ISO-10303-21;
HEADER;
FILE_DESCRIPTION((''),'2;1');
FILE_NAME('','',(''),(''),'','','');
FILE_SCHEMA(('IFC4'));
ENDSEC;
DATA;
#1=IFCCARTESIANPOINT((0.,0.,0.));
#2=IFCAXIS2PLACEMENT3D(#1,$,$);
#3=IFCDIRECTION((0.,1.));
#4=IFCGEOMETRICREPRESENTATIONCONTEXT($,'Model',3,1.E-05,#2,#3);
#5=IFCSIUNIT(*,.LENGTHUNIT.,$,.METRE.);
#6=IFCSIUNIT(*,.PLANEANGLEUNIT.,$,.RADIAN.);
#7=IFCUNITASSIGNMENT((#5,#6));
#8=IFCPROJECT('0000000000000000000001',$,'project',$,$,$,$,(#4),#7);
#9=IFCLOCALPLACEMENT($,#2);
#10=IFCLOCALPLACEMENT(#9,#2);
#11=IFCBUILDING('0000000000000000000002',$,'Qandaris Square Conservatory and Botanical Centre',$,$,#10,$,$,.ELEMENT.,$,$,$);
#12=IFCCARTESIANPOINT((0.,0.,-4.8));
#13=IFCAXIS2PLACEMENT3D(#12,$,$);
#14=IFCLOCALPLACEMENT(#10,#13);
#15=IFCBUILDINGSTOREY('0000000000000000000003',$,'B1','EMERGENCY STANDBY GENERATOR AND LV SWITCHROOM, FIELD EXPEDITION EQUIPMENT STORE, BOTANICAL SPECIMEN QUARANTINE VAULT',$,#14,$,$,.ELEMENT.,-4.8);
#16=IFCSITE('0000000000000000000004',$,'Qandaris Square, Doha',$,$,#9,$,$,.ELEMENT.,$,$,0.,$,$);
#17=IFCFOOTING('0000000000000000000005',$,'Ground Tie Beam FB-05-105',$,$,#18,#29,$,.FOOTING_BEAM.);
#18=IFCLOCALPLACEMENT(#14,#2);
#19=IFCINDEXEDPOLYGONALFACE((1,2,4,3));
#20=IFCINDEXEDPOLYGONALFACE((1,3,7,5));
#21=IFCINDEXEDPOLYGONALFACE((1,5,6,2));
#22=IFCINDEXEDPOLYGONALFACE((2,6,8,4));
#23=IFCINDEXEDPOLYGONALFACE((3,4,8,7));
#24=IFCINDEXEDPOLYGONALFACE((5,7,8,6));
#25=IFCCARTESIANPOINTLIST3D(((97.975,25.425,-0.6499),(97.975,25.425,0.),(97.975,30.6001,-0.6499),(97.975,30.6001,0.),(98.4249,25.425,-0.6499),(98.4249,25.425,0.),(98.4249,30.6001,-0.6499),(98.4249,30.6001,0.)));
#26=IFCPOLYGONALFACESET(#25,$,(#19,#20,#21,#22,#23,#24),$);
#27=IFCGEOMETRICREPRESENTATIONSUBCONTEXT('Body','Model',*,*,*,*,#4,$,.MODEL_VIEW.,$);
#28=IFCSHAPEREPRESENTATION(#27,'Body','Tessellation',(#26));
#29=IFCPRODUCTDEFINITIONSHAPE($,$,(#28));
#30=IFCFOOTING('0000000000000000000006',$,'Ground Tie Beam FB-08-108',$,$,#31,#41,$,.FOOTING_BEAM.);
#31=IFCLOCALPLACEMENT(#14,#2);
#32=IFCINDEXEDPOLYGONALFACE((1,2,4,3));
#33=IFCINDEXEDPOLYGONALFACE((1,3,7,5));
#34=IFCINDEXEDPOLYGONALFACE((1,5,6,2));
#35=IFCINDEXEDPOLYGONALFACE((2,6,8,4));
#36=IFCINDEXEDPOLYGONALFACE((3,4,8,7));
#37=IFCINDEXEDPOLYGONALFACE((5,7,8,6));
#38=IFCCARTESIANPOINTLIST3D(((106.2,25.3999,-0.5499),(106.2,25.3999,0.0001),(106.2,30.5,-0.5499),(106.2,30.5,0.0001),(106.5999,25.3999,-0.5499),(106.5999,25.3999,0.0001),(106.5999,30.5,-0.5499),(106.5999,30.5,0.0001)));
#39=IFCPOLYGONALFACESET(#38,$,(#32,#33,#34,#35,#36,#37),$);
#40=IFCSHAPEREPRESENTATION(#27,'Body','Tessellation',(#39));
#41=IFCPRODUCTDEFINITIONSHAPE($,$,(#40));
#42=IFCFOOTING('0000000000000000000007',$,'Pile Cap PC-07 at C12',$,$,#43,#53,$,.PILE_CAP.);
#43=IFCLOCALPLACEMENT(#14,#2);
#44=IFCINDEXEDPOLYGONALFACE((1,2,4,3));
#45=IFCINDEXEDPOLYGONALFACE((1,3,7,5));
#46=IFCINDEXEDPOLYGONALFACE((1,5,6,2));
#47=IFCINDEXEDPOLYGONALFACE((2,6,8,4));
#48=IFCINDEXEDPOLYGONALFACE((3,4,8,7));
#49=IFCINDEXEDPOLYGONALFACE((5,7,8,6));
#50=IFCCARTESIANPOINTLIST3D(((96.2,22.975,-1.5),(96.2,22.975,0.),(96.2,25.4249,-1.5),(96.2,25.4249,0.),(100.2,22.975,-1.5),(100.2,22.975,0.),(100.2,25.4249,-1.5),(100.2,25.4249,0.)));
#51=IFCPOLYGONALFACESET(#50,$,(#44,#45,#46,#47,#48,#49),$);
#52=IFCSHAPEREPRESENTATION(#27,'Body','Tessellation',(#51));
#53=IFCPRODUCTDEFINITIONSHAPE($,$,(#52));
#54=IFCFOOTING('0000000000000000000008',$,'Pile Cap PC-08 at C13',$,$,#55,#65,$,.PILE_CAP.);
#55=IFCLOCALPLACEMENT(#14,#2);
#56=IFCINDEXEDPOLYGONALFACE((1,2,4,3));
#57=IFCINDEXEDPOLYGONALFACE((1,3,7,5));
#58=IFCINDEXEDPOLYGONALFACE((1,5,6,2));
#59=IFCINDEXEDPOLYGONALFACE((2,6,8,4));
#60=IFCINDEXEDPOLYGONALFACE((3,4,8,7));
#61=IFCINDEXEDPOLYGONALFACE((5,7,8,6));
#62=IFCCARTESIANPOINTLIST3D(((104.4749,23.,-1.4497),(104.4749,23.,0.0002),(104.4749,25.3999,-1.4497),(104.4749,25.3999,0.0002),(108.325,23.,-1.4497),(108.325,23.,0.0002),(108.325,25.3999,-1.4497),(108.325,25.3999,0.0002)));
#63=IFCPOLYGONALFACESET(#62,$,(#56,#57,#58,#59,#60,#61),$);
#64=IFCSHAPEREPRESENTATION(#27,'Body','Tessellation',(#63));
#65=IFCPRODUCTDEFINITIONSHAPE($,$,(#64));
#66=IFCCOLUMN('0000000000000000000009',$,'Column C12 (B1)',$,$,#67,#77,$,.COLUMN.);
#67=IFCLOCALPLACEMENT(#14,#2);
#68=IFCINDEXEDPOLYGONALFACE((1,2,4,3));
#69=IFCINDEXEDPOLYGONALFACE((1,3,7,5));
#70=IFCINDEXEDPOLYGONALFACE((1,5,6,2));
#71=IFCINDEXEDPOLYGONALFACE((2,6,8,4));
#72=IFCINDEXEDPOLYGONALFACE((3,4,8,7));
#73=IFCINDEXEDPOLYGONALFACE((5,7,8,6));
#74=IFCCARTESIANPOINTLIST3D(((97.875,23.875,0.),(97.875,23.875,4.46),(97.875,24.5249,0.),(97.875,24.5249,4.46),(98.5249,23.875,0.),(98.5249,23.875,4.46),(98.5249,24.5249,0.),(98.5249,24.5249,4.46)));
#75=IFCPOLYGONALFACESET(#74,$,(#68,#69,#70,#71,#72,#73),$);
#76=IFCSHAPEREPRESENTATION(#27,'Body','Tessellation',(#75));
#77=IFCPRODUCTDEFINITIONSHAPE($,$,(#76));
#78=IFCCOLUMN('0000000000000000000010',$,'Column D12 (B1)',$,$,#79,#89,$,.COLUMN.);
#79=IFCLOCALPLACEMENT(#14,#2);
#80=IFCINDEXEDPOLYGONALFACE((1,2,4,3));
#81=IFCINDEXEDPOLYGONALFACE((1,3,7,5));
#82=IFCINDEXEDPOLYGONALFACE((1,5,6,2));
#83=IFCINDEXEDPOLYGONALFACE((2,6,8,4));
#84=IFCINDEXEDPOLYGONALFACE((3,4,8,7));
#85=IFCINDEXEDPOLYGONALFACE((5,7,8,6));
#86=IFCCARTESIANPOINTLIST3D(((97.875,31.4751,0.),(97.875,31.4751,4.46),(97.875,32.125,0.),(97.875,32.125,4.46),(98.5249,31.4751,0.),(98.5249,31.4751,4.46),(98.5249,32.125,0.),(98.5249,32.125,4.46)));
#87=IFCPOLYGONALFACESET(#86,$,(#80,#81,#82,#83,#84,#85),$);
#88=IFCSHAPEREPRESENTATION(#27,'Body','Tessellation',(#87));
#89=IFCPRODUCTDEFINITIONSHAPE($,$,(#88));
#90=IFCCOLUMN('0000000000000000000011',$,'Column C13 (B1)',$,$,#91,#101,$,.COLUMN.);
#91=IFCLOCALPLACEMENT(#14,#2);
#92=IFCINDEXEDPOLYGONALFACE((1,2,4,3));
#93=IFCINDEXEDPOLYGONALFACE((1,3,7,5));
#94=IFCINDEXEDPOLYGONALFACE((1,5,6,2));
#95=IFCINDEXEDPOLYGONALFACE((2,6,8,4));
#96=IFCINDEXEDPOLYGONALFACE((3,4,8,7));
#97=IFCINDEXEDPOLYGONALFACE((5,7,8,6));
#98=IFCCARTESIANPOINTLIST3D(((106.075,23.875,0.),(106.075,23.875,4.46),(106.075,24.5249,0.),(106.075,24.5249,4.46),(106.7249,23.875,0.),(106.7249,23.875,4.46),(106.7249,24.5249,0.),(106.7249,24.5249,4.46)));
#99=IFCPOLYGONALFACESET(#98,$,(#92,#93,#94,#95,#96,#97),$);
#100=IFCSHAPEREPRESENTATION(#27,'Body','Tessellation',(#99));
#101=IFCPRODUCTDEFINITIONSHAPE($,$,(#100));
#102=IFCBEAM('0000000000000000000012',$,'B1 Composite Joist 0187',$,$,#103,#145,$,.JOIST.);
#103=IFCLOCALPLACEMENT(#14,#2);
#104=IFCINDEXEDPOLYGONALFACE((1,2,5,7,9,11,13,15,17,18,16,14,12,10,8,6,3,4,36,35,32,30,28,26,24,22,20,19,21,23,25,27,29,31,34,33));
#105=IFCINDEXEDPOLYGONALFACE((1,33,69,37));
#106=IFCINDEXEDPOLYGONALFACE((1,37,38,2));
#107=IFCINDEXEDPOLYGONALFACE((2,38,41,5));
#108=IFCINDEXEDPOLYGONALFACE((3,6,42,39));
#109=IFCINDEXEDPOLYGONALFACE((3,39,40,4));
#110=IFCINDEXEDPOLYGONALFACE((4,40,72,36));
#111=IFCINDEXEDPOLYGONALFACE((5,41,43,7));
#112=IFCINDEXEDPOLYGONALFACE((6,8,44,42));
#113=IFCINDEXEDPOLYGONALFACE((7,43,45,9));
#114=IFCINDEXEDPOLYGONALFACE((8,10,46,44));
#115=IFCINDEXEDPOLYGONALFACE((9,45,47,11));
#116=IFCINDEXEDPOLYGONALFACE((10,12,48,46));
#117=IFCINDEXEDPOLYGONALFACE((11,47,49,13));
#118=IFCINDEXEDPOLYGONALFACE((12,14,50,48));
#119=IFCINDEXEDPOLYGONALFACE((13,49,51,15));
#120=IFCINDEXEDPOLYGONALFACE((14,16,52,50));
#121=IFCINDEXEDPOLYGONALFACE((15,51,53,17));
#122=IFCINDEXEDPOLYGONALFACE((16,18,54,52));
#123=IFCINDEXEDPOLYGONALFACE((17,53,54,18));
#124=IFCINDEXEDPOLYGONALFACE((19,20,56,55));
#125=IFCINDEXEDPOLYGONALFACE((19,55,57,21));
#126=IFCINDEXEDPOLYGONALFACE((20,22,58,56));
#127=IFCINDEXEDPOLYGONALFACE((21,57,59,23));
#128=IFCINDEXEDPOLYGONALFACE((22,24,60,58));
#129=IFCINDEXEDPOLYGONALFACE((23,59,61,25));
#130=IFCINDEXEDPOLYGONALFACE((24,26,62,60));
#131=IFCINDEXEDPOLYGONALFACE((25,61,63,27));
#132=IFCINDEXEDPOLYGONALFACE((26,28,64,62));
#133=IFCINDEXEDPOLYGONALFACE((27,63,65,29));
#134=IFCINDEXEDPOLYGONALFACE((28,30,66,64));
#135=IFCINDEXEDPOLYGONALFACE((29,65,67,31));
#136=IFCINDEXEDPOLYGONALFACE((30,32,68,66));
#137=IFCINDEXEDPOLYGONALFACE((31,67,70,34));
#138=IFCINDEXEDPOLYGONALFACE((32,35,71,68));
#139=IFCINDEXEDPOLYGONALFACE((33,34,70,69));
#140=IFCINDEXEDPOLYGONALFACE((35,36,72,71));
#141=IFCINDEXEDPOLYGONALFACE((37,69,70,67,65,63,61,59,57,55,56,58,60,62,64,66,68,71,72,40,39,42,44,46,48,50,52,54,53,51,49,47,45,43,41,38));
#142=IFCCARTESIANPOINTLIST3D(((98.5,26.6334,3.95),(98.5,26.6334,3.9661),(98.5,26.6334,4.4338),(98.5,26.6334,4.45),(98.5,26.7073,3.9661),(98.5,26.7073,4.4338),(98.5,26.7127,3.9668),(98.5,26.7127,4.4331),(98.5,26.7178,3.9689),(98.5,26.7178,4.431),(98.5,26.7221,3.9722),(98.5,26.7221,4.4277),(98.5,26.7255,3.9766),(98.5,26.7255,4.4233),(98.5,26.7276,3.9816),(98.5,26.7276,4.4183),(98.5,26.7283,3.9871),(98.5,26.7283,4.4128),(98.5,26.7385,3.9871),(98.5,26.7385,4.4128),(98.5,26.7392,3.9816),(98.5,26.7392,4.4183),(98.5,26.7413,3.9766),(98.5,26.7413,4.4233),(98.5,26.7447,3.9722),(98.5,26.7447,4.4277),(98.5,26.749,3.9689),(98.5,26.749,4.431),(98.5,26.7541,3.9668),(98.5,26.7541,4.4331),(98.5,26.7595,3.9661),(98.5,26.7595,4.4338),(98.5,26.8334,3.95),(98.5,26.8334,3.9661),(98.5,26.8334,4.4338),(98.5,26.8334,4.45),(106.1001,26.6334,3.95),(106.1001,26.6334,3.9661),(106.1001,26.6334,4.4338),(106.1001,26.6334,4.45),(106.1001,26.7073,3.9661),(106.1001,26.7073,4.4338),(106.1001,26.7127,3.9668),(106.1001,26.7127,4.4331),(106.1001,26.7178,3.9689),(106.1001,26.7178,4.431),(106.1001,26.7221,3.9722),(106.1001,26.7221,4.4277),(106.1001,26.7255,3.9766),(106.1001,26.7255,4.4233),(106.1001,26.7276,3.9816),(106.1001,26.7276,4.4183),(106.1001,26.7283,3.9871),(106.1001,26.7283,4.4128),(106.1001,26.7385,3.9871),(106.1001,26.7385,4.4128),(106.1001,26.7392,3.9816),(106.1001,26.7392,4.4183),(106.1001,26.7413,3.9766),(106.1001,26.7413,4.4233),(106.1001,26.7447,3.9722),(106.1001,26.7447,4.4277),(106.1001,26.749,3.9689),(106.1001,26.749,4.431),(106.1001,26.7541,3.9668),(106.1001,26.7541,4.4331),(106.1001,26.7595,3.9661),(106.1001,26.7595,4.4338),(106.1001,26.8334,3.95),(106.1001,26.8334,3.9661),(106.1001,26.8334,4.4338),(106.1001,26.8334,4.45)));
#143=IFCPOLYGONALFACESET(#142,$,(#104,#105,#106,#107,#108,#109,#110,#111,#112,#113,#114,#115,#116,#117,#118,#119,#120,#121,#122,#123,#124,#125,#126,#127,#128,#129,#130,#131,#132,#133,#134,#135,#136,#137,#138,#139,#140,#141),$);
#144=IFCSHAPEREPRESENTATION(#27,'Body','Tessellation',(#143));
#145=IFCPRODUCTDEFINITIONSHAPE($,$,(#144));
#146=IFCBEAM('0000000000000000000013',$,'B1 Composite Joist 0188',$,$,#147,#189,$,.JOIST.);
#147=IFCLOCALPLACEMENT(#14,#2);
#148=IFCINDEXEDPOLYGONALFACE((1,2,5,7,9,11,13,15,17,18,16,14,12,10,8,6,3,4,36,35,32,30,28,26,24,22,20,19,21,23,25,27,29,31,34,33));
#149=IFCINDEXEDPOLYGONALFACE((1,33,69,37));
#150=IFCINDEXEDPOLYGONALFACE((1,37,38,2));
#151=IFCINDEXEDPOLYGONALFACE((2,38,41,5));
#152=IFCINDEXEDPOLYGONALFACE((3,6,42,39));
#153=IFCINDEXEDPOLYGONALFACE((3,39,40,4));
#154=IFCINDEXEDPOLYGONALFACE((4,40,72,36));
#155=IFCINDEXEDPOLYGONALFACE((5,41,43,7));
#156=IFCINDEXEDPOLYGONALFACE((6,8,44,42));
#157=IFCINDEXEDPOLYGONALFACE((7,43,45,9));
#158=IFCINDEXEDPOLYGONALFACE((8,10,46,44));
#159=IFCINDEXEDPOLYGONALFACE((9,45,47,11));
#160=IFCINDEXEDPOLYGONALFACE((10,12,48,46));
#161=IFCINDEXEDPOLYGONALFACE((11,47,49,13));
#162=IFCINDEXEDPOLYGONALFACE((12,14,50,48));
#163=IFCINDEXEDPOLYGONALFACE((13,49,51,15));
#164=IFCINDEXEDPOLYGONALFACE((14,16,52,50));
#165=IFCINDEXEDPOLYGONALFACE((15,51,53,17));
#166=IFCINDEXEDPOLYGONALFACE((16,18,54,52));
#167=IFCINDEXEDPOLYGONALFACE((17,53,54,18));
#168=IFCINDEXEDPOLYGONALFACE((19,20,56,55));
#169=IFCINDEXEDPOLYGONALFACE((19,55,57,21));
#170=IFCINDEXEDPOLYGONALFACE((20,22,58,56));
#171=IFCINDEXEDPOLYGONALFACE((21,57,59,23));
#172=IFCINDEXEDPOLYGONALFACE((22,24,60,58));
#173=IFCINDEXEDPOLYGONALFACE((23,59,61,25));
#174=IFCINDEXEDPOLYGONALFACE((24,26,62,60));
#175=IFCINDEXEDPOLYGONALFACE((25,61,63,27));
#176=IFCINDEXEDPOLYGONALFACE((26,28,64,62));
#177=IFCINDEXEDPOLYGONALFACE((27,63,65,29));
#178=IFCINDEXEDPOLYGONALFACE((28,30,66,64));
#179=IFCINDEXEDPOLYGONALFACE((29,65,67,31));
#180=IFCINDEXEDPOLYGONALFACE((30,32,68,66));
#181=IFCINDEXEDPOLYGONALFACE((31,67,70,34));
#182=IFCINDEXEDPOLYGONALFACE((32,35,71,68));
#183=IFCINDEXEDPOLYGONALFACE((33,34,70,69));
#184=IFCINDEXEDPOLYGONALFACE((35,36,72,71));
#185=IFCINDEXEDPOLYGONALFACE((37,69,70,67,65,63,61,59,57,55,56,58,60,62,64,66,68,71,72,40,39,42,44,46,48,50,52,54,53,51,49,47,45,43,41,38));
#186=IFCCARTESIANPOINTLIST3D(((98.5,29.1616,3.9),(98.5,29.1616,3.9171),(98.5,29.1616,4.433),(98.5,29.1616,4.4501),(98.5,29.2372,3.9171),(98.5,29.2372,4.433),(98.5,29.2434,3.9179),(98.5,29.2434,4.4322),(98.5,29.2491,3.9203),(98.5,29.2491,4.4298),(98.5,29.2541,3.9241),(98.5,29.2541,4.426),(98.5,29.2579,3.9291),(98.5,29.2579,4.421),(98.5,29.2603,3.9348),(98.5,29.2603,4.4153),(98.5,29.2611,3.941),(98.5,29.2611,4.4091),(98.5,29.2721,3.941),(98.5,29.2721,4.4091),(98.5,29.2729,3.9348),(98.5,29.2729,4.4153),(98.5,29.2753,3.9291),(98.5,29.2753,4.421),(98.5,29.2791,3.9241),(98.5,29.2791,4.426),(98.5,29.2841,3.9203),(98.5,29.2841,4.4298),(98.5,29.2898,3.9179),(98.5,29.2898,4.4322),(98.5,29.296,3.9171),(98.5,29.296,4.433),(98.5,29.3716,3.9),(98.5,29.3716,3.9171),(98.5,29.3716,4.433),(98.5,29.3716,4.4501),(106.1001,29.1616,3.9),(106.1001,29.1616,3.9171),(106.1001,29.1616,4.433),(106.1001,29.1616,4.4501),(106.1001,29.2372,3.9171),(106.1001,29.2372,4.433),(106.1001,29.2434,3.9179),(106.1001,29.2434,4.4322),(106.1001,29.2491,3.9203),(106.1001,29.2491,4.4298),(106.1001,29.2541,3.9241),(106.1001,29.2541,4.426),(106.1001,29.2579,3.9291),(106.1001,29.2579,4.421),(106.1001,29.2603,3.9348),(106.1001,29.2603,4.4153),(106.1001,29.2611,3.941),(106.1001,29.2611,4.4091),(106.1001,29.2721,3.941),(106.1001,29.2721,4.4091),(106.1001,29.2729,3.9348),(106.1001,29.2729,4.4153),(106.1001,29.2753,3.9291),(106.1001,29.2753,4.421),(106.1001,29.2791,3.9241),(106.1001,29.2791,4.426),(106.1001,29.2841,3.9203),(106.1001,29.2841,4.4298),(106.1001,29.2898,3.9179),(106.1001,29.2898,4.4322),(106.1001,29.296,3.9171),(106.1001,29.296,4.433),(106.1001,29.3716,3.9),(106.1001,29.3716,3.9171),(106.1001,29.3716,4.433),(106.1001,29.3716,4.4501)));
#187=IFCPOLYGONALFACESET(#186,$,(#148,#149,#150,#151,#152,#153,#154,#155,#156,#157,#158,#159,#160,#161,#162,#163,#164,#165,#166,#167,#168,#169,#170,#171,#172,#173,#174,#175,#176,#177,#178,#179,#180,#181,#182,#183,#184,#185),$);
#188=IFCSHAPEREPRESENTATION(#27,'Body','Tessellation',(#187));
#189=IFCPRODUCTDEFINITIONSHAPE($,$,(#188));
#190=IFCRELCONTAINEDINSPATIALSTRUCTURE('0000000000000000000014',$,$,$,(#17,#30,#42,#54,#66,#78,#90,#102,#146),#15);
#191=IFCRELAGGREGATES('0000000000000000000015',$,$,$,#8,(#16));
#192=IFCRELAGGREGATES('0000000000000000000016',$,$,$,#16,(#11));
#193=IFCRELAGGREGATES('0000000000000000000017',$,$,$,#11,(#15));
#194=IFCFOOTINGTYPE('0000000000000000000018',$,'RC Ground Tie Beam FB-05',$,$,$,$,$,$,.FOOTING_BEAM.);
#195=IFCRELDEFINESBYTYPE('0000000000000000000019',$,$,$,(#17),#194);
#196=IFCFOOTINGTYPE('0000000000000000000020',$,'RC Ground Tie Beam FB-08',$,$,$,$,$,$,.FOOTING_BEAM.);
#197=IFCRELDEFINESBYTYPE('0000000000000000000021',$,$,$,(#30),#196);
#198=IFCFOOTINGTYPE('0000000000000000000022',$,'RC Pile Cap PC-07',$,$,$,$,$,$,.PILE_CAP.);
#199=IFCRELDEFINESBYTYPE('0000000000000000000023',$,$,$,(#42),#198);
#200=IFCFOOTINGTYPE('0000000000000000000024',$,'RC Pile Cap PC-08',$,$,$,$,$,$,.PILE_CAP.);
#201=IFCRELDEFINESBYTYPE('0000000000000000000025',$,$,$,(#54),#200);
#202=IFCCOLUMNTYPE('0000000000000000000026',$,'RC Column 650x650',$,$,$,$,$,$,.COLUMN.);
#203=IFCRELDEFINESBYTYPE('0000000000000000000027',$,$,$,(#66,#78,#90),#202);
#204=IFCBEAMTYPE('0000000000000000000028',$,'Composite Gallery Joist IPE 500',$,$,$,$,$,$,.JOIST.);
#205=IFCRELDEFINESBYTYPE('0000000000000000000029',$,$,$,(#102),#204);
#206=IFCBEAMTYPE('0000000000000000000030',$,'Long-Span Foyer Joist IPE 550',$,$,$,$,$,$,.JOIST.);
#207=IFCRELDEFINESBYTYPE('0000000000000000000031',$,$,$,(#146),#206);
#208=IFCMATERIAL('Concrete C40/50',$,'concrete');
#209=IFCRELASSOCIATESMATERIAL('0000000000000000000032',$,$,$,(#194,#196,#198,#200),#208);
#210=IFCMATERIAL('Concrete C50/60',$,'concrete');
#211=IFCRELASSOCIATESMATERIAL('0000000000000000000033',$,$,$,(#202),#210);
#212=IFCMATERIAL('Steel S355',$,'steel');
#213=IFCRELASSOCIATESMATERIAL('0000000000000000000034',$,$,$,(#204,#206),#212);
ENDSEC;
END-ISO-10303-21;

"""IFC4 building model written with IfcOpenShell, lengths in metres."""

from ifc_helpers import new_model, si_unit, direction, frame, origin, origin_2d, place, context, subcontext, project, spatial, rectangle, i_section, extrude, material, material_profile, profile_set, type_object, element, save


model = new_model("IFC4")

# Units and contexts
model_context = context("Model", 3, precision=1e-05, world=origin(), true_north=direction((0.0, 1.0)))
body_context = subcontext(model_context, "Body", "Model", "MODEL_VIEW")
ifc_project = project(units=[si_unit("LENGTHUNIT", "METRE"), si_unit("PLANEANGLEUNIT", "RADIAN")], contexts=[model_context])

# Site, building, storey
site_placement = place(None, origin())
site = spatial("IfcSite", under=ifc_project, at=site_placement, Name="Qandaris Square, Doha", CompositionType="ELEMENT", RefElevation=0.0)
building_placement = place(site_placement, origin())
building = spatial("IfcBuilding", under=site, at=building_placement, Name="Qandaris Square Conservatory and Botanical Centre", CompositionType="ELEMENT")
storey_placement = place(building_placement, frame((0.0, 0.0, -4.8)))
storey = spatial("IfcBuildingStorey", under=building, at=storey_placement, Name="B1", Description="EMERGENCY STANDBY GENERATOR AND LV SWITCHROOM, FIELD EXPEDITION EQUIPMENT STORE, BOTANICAL SPECIMEN QUARANTINE VAULT", CompositionType="ELEMENT", Elevation=-4.8)

# Shared definitions
ifc_material_1 = material(Name="Concrete C50/60", Category="concrete")

# Footings
ifc_material_2 = material(Name="Concrete C40/50", Category="concrete")
ifc_material_profile_1 = material_profile(ifc_material_2, rectangle(XDim=0.45, YDim=0.6499, at=origin_2d()), Name="FB 450x650")
ifc_profile_set_1 = profile_set([ifc_material_profile_1], Name="Concrete C40/50")
footing_type_1 = type_object("IfcFootingType", Name="RC Ground Tie Beam FB-05", PredefinedType="FOOTING_BEAM", material=ifc_profile_set_1)
footing_1_placement = place(storey_placement, frame((98.2, 25.425, -0.325), z_axis=(0.0, 1.0, 0.0), x_axis=(-1.0, 0.0, 0.0)))
element("IfcFooting", 1, at=footing_1_placement, inside=storey, type_object=footing_type_1, Name="Ground Tie Beam FB-05-105", PredefinedType="FOOTING_BEAM", context=body_context, shape_type="SweptSolid", body=[
    extrude(rectangle(XDim=0.45, YDim=0.6499, at=origin_2d()), origin(), (0.0, 0.0, 1.0), 5.175),
])
ifc_material_profile_2 = material_profile(ifc_material_2, rectangle(XDim=0.3999, YDim=0.55, at=origin_2d()), Name="FB 400x550")
ifc_profile_set_2 = profile_set([ifc_material_profile_2], Name="Concrete C40/50")
footing_type_2 = type_object("IfcFootingType", Name="RC Ground Tie Beam FB-08", PredefinedType="FOOTING_BEAM", material=ifc_profile_set_2)
footing_2_placement = place(storey_placement, frame((106.3999, 25.3999, -0.2749), z_axis=(0.0, 1.0, 0.0), x_axis=(-1.0, 0.0, 0.0)))
element("IfcFooting", 2, at=footing_2_placement, inside=storey, type_object=footing_type_2, Name="Ground Tie Beam FB-08-108", PredefinedType="FOOTING_BEAM", context=body_context, shape_type="SweptSolid", body=[
    extrude(rectangle(XDim=0.3999, YDim=0.55, at=origin_2d()), origin(), (0.0, 0.0, 1.0), 5.1001),
])
footing_type_3 = type_object("IfcFootingType", Name="RC Pile Cap PC-07", PredefinedType="PILE_CAP", material=ifc_material_2)
footing_3_placement = place(storey_placement, frame((98.2, 24.2, -1.5), z_axis=(0.0, 0.0, 1.0), x_axis=(1.0, 0.0, 0.0)))
element("IfcFooting", 3, at=footing_3_placement, inside=storey, type_object=footing_type_3, Name="Pile Cap PC-07 at C12", PredefinedType="PILE_CAP", context=body_context, shape_type="SweptSolid", body=[
    extrude(rectangle(XDim=4.0, YDim=2.45, at=origin_2d()), origin(), (0.0, 0.0, 1.0), 1.5),
])
footing_type_4 = type_object("IfcFootingType", Name="RC Pile Cap PC-08", PredefinedType="PILE_CAP", material=ifc_material_2)
footing_4_placement = place(storey_placement, frame((106.3999, 24.2, -1.4497), z_axis=(0.0, 0.0, 1.0), x_axis=(1.0, 0.0, 0.0)))
element("IfcFooting", 4, at=footing_4_placement, inside=storey, type_object=footing_type_4, Name="Pile Cap PC-08 at C13", PredefinedType="PILE_CAP", context=body_context, shape_type="SweptSolid", body=[
    extrude(rectangle(XDim=3.8501, YDim=2.3999, at=origin_2d()), origin(), (0.0, 0.0, 1.0), 1.45),
])

# Columns
ifc_material_profile_3 = material_profile(ifc_material_1, rectangle(XDim=0.6499, YDim=0.6499, at=origin_2d()), Name="RC-COL 650x650")
ifc_profile_set_3 = profile_set([ifc_material_profile_3], Name="Concrete C50/60")
column_type = type_object("IfcColumnType", Name="RC Column 650x650", PredefinedType="COLUMN", material=ifc_profile_set_3)
for number, where, z_axis, x_axis, name in (
    (5, (98.2, 24.2, 0.0), (0.0, 0.0, 1.0), (1.0, 0.0, 0.0), "Column C12 (B1)"),
    (6, (98.2, 31.8, 0.0), (0.0, 0.0, 1.0), (1.0, 0.0, 0.0), "Column D12 (B1)"),
    (7, (106.3999, 24.2, 0.0), (0.0, 0.0, 1.0), (1.0, 0.0, 0.0), "Column C13 (B1)"),
):
    element("IfcColumn", number, at=place(storey_placement, frame(where, z_axis=z_axis, x_axis=x_axis)), inside=storey, type_object=column_type, Name=name, PredefinedType="COLUMN", context=body_context, shape_type="SweptSolid", body=[
        extrude(rectangle(XDim=0.6499, YDim=0.6499, at=origin_2d()), origin(), (0.0, 0.0, 1.0), 4.46),
    ])

# Beams
ifc_material_3 = material(Name="Steel S355", Category="steel")
ifc_material_profile_4 = material_profile(ifc_material_3, i_section(OverallWidth=0.2, OverallDepth=0.5, WebThickness=0.0103, FlangeThickness=0.0161, FilletRadius=0.021, at=origin_2d()), Name="IPE 500")
ifc_profile_set_4 = profile_set([ifc_material_profile_4], Name="Steel S355")
beam_type_1 = type_object("IfcBeamType", Name="Composite Gallery Joist IPE 500", PredefinedType="JOIST", material=ifc_profile_set_4)
beam_1_placement = place(storey_placement, frame((98.5, 26.7334, 4.2), z_axis=(1.0, 0.0, 0.0), x_axis=(0.0, 1.0, 0.0)))
element("IfcBeam", 8, at=beam_1_placement, inside=storey, type_object=beam_type_1, Name="B1 Composite Joist 0187", PredefinedType="JOIST", context=body_context, shape_type="SweptSolid", body=[
    extrude(i_section(OverallWidth=0.2, OverallDepth=0.5, WebThickness=0.0103, FlangeThickness=0.0161, FilletRadius=0.021, at=origin_2d()), origin(), (0.0, 0.0, 1.0), 7.6001),
])
ifc_material_profile_5 = material_profile(ifc_material_3, i_section(OverallWidth=0.21, OverallDepth=0.55, WebThickness=0.011, FlangeThickness=0.0171, FilletRadius=0.0239, at=origin_2d()), Name="IPE 550")
ifc_profile_set_5 = profile_set([ifc_material_profile_5], Name="Steel S355")
beam_type_2 = type_object("IfcBeamType", Name="Long-Span Foyer Joist IPE 550", PredefinedType="JOIST", material=ifc_profile_set_5)
for number, where, z_axis, x_axis, name in (
    (9, (98.5, 29.2666, 4.175), (1.0, 0.0, 0.0), (0.0, 1.0, 0.0), "B1 Composite Joist 0188"),
):
    element("IfcBeam", number, at=place(storey_placement, frame(where, z_axis=z_axis, x_axis=x_axis)), inside=storey, type_object=beam_type_2, Name=name, PredefinedType="JOIST", context=body_context, shape_type="SweptSolid", body=[
        extrude(i_section(OverallWidth=0.21, OverallDepth=0.55, WebThickness=0.011, FlangeThickness=0.0171, FilletRadius=0.0239, at=origin_2d()), origin(), (0.0, 0.0, 1.0), 7.6001),
    ])

save(model, "model.ifc")
